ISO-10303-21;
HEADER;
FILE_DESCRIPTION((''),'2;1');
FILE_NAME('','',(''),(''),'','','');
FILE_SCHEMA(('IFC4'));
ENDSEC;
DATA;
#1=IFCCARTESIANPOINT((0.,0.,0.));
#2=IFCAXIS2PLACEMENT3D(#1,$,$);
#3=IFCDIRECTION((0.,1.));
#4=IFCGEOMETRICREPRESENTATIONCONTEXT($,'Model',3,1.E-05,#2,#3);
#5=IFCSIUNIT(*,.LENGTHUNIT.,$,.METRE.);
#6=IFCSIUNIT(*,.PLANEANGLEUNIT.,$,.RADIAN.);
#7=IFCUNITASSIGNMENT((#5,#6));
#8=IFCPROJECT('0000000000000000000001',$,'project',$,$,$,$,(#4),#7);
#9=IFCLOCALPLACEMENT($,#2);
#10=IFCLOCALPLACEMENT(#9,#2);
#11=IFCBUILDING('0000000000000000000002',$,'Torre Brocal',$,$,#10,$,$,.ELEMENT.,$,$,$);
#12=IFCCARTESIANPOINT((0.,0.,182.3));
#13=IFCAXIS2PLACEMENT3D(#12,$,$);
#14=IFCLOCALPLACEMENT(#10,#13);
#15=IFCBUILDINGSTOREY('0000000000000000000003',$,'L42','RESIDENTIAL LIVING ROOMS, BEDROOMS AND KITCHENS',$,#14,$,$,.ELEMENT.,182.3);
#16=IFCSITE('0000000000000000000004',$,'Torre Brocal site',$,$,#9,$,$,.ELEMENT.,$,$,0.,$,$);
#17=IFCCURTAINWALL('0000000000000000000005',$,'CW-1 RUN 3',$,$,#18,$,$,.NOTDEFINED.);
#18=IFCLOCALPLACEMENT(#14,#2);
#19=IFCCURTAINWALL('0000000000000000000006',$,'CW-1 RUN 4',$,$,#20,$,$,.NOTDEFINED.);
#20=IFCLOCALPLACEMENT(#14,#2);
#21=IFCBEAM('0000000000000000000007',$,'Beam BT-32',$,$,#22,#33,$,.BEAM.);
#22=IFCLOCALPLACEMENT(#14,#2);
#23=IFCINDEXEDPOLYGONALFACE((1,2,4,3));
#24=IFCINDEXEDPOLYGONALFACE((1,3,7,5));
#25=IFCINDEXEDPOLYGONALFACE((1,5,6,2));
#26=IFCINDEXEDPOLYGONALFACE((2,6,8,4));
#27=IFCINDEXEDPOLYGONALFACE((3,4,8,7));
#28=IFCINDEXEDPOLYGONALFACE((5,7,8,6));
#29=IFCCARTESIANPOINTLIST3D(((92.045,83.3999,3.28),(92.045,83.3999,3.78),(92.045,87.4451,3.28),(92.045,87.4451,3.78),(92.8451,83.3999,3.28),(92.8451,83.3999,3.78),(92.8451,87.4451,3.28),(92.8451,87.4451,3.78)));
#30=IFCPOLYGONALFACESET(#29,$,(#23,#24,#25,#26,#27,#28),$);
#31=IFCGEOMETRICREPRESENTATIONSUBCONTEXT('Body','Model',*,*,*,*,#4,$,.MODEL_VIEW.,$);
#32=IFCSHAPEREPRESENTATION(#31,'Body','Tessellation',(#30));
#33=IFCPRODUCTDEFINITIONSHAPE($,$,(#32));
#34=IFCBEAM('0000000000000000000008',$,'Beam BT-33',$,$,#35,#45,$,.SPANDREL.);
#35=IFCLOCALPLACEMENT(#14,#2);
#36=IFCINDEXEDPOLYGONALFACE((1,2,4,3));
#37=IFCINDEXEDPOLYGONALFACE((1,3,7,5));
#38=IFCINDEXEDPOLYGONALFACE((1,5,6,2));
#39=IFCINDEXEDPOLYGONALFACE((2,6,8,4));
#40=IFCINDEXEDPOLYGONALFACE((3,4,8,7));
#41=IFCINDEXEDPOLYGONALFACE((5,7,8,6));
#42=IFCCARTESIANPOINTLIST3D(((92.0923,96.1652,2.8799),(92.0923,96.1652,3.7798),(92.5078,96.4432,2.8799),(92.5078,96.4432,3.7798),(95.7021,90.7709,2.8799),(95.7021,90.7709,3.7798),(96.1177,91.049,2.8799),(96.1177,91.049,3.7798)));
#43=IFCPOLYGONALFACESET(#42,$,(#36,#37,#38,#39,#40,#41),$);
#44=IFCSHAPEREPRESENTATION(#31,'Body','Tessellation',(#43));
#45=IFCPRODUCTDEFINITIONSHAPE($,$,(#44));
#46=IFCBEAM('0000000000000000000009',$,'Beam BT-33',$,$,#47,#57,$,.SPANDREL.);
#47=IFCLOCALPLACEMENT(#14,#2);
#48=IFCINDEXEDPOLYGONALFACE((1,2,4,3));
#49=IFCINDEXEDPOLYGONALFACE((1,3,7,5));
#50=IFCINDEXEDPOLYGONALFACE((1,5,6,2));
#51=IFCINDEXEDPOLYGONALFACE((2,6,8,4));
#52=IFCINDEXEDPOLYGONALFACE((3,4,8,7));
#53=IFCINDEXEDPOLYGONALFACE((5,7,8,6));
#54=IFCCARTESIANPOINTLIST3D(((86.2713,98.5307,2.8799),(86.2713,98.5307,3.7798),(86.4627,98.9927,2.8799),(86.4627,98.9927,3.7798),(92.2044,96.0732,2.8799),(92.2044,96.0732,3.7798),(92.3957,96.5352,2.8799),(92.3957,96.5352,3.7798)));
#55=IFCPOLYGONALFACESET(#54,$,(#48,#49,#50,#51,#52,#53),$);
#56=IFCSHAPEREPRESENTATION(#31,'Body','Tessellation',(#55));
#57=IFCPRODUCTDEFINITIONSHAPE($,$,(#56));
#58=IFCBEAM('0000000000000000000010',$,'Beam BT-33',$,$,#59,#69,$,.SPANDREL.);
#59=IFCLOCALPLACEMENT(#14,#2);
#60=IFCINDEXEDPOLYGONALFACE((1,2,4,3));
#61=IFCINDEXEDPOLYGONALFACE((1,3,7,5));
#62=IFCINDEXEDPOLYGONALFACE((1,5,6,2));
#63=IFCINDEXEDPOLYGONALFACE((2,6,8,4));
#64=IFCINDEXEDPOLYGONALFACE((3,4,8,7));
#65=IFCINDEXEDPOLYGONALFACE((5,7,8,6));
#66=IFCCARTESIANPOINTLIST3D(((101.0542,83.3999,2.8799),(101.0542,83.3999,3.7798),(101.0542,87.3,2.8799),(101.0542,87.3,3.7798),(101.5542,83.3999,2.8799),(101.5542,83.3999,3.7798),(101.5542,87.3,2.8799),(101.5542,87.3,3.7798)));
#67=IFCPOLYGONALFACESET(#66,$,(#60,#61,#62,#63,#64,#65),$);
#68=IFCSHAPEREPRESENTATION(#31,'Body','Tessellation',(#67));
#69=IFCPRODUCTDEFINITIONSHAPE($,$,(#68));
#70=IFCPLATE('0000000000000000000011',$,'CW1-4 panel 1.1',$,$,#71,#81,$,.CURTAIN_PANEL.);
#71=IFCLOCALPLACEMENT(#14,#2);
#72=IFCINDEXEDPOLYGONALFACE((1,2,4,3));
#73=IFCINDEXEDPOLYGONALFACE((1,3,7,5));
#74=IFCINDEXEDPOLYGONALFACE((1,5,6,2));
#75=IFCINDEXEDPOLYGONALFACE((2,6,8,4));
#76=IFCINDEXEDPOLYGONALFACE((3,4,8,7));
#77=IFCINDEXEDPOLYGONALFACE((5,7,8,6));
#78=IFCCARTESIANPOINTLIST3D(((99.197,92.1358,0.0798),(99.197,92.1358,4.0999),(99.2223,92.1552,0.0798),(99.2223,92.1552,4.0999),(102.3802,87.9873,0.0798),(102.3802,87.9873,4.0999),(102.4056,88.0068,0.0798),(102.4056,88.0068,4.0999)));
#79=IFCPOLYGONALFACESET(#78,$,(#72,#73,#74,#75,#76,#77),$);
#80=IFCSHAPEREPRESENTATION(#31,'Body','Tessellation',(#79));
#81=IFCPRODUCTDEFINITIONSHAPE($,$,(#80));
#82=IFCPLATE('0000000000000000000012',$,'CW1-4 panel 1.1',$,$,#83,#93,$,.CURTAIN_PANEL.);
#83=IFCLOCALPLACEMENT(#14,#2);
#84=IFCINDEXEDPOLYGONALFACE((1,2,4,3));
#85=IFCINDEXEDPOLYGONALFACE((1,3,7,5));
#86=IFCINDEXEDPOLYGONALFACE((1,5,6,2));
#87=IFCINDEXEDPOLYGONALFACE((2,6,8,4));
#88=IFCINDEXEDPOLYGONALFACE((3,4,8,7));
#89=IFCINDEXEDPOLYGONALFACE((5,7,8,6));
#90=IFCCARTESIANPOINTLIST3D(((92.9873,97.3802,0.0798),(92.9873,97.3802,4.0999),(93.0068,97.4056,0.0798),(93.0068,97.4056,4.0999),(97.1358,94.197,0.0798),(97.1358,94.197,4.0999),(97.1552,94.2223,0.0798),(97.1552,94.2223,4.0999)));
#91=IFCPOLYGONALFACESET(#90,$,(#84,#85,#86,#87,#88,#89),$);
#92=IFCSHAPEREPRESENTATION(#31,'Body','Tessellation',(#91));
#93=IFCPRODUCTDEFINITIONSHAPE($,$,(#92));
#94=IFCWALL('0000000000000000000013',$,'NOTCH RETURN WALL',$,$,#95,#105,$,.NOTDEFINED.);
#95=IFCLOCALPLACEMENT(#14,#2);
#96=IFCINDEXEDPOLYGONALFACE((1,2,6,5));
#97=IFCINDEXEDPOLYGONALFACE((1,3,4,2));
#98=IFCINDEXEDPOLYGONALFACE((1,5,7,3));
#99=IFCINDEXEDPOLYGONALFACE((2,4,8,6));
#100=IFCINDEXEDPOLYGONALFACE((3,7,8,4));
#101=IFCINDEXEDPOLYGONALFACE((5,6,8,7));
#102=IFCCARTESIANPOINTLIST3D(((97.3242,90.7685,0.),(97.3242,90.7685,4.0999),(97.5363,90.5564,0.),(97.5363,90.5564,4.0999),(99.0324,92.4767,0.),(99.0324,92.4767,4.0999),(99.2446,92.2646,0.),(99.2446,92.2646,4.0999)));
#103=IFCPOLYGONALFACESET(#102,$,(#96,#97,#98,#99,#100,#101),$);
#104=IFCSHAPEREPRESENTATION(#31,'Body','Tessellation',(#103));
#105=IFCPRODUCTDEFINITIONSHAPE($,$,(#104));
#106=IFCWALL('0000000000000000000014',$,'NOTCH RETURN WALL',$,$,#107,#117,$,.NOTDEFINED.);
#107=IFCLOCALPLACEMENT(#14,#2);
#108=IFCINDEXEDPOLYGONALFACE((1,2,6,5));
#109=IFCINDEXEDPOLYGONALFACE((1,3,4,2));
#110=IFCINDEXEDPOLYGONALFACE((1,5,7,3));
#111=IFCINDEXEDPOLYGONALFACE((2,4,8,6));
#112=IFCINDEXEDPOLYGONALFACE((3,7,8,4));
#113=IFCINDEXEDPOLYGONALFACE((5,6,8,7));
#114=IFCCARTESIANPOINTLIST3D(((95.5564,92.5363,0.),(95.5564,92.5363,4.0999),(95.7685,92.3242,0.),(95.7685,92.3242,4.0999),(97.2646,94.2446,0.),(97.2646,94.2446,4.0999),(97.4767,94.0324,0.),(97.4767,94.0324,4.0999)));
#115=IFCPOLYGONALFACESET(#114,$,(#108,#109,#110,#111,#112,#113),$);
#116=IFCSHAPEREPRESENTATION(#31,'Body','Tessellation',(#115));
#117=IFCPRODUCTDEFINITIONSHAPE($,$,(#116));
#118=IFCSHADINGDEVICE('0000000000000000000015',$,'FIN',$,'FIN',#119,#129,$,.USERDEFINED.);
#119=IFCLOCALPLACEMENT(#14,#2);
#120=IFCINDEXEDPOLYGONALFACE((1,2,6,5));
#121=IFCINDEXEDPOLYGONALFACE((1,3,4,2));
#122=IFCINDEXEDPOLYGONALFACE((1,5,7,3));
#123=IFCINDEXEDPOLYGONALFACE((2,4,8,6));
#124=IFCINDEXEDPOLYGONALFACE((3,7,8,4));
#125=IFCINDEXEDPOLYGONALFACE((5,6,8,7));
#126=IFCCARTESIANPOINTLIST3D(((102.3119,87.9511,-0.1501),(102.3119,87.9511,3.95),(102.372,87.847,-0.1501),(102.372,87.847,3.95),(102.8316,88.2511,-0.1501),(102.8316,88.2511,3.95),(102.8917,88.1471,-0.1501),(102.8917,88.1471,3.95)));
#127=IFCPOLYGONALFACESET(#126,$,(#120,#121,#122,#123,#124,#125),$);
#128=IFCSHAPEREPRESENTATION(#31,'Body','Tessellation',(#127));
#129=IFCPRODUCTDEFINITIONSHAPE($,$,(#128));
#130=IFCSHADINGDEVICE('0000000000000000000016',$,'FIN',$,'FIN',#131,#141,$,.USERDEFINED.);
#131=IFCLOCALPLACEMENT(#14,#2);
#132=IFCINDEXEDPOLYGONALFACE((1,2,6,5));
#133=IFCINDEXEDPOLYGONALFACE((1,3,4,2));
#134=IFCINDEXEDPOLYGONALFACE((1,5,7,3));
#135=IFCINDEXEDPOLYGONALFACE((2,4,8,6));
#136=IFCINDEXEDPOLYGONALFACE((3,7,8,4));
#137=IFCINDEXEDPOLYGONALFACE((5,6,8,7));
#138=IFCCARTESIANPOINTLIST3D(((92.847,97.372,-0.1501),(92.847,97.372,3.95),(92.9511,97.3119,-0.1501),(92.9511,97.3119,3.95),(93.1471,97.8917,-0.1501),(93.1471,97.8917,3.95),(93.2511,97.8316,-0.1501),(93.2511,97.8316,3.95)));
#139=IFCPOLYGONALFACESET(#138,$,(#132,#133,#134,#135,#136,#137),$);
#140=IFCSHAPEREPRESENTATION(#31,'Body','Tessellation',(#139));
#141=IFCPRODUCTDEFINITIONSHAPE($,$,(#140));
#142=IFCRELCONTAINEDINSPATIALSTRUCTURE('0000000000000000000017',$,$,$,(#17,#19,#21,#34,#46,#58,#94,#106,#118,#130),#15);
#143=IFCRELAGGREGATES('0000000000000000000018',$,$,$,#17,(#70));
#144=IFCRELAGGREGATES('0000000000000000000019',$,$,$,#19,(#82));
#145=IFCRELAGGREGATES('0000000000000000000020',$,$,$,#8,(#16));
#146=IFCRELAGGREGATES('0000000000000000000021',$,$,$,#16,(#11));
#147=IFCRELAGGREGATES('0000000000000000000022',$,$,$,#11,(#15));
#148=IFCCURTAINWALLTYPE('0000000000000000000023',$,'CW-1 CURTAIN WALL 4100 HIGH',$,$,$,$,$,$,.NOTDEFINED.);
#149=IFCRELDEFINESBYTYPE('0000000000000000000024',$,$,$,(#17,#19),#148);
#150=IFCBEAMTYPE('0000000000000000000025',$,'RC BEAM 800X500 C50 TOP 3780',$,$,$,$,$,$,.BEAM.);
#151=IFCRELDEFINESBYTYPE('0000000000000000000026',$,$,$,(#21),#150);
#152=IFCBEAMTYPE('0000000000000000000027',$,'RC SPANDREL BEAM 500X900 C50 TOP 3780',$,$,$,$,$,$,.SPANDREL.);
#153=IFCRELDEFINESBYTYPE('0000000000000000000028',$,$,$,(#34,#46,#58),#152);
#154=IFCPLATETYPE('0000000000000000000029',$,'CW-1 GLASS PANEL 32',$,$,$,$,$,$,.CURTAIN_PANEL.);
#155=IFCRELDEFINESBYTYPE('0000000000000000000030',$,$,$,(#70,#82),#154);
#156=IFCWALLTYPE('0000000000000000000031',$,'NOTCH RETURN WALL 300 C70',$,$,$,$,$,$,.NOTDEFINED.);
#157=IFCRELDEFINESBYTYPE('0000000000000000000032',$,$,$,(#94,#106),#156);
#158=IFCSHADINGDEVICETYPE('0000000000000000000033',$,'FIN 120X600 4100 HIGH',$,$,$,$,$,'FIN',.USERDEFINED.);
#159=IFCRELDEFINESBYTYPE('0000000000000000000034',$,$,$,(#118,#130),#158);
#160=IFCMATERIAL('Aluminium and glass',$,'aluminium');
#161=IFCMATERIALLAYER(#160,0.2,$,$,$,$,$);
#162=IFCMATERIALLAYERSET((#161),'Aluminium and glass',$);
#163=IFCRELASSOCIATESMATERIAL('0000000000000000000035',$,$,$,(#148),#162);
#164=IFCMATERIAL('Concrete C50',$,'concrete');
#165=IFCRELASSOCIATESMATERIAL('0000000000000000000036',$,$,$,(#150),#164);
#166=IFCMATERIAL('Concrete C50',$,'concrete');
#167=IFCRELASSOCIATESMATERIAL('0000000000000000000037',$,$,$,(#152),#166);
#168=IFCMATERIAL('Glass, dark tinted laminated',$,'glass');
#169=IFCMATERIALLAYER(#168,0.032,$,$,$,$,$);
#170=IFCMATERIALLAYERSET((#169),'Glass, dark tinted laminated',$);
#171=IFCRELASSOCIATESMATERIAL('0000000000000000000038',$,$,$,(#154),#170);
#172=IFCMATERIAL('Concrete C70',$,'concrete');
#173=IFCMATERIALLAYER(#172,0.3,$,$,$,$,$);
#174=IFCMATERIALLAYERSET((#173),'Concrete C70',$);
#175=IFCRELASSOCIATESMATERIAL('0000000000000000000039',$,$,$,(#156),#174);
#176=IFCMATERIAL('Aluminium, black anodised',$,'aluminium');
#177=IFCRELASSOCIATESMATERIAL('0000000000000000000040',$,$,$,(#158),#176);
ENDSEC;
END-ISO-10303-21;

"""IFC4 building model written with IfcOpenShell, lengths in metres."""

from ifc_helpers import new_model, si_unit, direction, frame, frame_2d, origin, origin_2d, place, context, subcontext, project, spatial, rectangle, extrude, material, layer, layer_set, material_profile, profile_set, type_object, element, aggregate, save


model = new_model("IFC4")

# Units and contexts
model_context = context("Model", 3, precision=1e-05, world=origin(), true_north=direction((0.0, 1.0)))
body_context = subcontext(model_context, "Body", "Model", "MODEL_VIEW")
ifc_project = project(units=[si_unit("LENGTHUNIT", "METRE"), si_unit("PLANEANGLEUNIT", "RADIAN")], contexts=[model_context])

# Site, building, storey
site_placement = place(None, origin())
site = spatial("IfcSite", under=ifc_project, at=site_placement, Name="Torre Brocal site", CompositionType="ELEMENT", RefElevation=0.0)
building_placement = place(site_placement, origin())
building = spatial("IfcBuilding", under=site, at=building_placement, Name="Torre Brocal", CompositionType="ELEMENT")
storey_placement = place(building_placement, frame((0.0, 0.0, 182.3)))
storey = spatial("IfcBuildingStorey", under=building, at=storey_placement, Name="L42", Description="RESIDENTIAL LIVING ROOMS, BEDROOMS AND KITCHENS", CompositionType="ELEMENT", Elevation=182.3)

# Shared definitions
ifc_material_1 = material(Name="Aluminium and glass", Category="aluminium")
ifc_layer_1 = layer(ifc_material_1, 0.2)
ifc_layer_set_1 = layer_set([ifc_layer_1], Name="Aluminium and glass")
curtain_wall_type = type_object("IfcCurtainWallType", Name="CW-1 CURTAIN WALL 4100 HIGH", PredefinedType="NOTDEFINED", material=ifc_layer_set_1)

# Curtain walls
curtain_wall_1_placement = place(storey_placement, origin())
curtain_wall_1 = element("IfcCurtainWall", 1, at=curtain_wall_1_placement, inside=storey, type_object=curtain_wall_type, Name="CW-1 RUN 3", PredefinedType="NOTDEFINED")
curtain_wall_2_placement = place(storey_placement, origin())
curtain_wall_2 = element("IfcCurtainWall", 2, at=curtain_wall_2_placement, inside=storey, type_object=curtain_wall_type, Name="CW-1 RUN 4", PredefinedType="NOTDEFINED")

# Beams
ifc_material_2 = material(Name="Concrete C50", Category="concrete")
ifc_material_profile_1 = material_profile(ifc_material_2, rectangle(XDim=0.8, YDim=0.5, at=origin_2d()), Name="RC 800X500")
ifc_profile_set_1 = profile_set([ifc_material_profile_1], Name="Concrete C50")
beam_type_1 = type_object("IfcBeamType", Name="RC BEAM 800X500 C50 TOP 3780", PredefinedType="BEAM", material=ifc_profile_set_1)
beam_1_placement = place(storey_placement, frame((92.4451, 87.4451, 3.53), z_axis=(0.0, -1.0, 0.0), x_axis=(1.0, 0.0, 0.0)))
element("IfcBeam", 3, at=beam_1_placement, inside=storey, type_object=beam_type_1, Name="Beam BT-32", PredefinedType="BEAM", context=body_context, shape_type="SweptSolid", body=[
    extrude(rectangle(XDim=0.8, YDim=0.5, at=origin_2d()), origin(), (0.0, 0.0, 1.0), 4.0452),
])
ifc_material_3 = material(Name="Concrete C50", Category="concrete")
ifc_material_profile_2 = material_profile(ifc_material_3, rectangle(XDim=0.5, YDim=0.8999, at=origin_2d()), Name="RC 500X900")
ifc_profile_set_2 = profile_set([ifc_material_profile_2], Name="Concrete C50")
beam_type_2 = type_object("IfcBeamType", Name="RC SPANDREL BEAM 500X900 C50 TOP 3780", PredefinedType="SPANDREL", material=ifc_profile_set_2)
beam_2_placement = place(storey_placement, frame((95.9099, 90.9099, 3.3298), z_axis=(-0.556158, 0.831077, 0.0), x_axis=(-0.831077, -0.556158, 0.0)))
element("IfcBeam", 4, at=beam_2_placement, inside=storey, type_object=beam_type_2, Name="Beam BT-33", PredefinedType="SPANDREL", context=body_context, shape_type="SweptSolid", body=[
    extrude(rectangle(XDim=0.5, YDim=0.8999, at=origin_2d()), origin(), (0.0, 0.0, 1.0), 6.4907),
])
beam_3_placement = place(storey_placement, frame((92.3, 96.3042, 3.3298), z_axis=(-0.923882, 0.382676, 0.0), x_axis=(-0.382676, -0.923882, 0.0)))
element("IfcBeam", 5, at=beam_3_placement, inside=storey, type_object=beam_type_2, Name="Beam BT-33", PredefinedType="SPANDREL", context=body_context, shape_type="SweptSolid", body=[
    extrude(rectangle(XDim=0.5, YDim=0.8999, at=origin_2d()), origin(), (0.0, 0.0, 1.0), 6.4219),
])
beam_4_placement = place(storey_placement, frame((101.3042, 87.3, 3.3298), z_axis=(0.0, -1.0, 0.0), x_axis=(1.0, 0.0, 0.0)))
element("IfcBeam", 6, at=beam_4_placement, inside=storey, type_object=beam_type_2, Name="Beam BT-33", PredefinedType="SPANDREL", context=body_context, shape_type="SweptSolid", body=[
    extrude(rectangle(XDim=0.5, YDim=0.8999, at=origin_2d()), origin(), (0.0, 0.0, 1.0), 3.9001),
])

# Plates
ifc_material_4 = material(Name="Glass, dark tinted laminated", Category="glass")
ifc_layer_2 = layer(ifc_material_4, 0.032)
ifc_layer_set_2 = layer_set([ifc_layer_2], Name="Glass, dark tinted laminated")
plate_type = type_object("IfcPlateType", Name="CW-1 GLASS PANEL 32", PredefinedType="CURTAIN_PANEL", material=ifc_layer_set_2)
plate_1_placement = place(storey_placement, frame((100.8013, 90.0713, 0.0798), z_axis=(0.0, 0.0, 1.0), x_axis=(-0.608761, 0.793353, 0.0)))
plate_1 = element("IfcPlate", 7, at=plate_1_placement, type_object=plate_type, Name="CW1-4 panel 1.1", PredefinedType="CURTAIN_PANEL", context=body_context, shape_type="SweptSolid", body=[
    extrude(rectangle(XDim=5.229, YDim=0.032, at=origin_2d()), origin(), (0.0, 0.0, 1.0), 4.02),
])
aggregate(curtain_wall_1, [plate_1])
plate_2_placement = place(storey_placement, frame((95.0713, 95.8013, 0.0798), z_axis=(0.0, 0.0, 1.0), x_axis=(-0.793353, 0.608761, 0.0)))
plate_2 = element("IfcPlate", 8, at=plate_2_placement, type_object=plate_type, Name="CW1-4 panel 1.1", PredefinedType="CURTAIN_PANEL", context=body_context, shape_type="SweptSolid", body=[
    extrude(rectangle(XDim=5.229, YDim=0.032, at=origin_2d()), origin(), (0.0, 0.0, 1.0), 4.02),
])
aggregate(curtain_wall_2, [plate_2])

# Walls
ifc_material_5 = material(Name="Concrete C70", Category="concrete")
ifc_layer_3 = layer(ifc_material_5, 0.3)
ifc_layer_set_3 = layer_set([ifc_layer_3], Name="Concrete C70")
wall_type = type_object("IfcWallType", Name="NOTCH RETURN WALL 300 C70", PredefinedType="NOTDEFINED", material=ifc_layer_set_3)
for number, where, z_axis, x_axis, name in (
    (9, (97.4302, 90.6624, 0.0), (0.0, 0.0, 1.0), (0.707107, 0.707107, 0.0), "NOTCH RETURN WALL"),
    (10, (95.6624, 92.4302, 0.0), (0.0, 0.0, 1.0), (0.707107, 0.707107, 0.0), "NOTCH RETURN WALL"),
):
    element("IfcWall", number, at=place(storey_placement, frame(where, z_axis=z_axis, x_axis=x_axis)), inside=storey, type_object=wall_type, Name=name, PredefinedType="NOTDEFINED", context=body_context, shape_type="SweptSolid", body=[
        extrude(rectangle(XDim=2.4158, YDim=0.3, at=frame_2d((1.208, 0.0))), origin(), (0.0, 0.0, 1.0), 4.0999),
    ])

# Shading devices
ifc_material_6 = material(Name="Aluminium, black anodised", Category="aluminium")
ifc_material_profile_3 = material_profile(ifc_material_6, rectangle(XDim=0.1201, YDim=0.6001, at=origin_2d()), Name="FIN 120X600 4100 HIGH")
ifc_profile_set_3 = profile_set([ifc_material_profile_3], Name="Aluminium, black anodised")
shading_device_type = type_object("IfcShadingDeviceType", Name="FIN 120X600 4100 HIGH", ElementType="FIN", PredefinedType="USERDEFINED", material=ifc_profile_set_3)
for number, where, z_axis, x_axis, name in (
    (11, (102.6018, 88.0491, -0.1501), (0.0, 0.0, 1.0), (-0.5, 0.866025, 0.0), "FIN"),
    (12, (93.0491, 97.6018, -0.1501), (0.0, 0.0, 1.0), (-0.866025, 0.5, 0.0), "FIN"),
):
    element("IfcShadingDevice", number, at=place(storey_placement, frame(where, z_axis=z_axis, x_axis=x_axis)), inside=storey, type_object=shading_device_type, Name=name, ObjectType="FIN", PredefinedType="USERDEFINED", context=body_context, shape_type="SweptSolid", body=[
        extrude(rectangle(XDim=0.1201, YDim=0.6001, at=origin_2d()), origin(), (0.0, 0.0, 1.0), 4.1001),
    ])

save(model, "model.ifc")
